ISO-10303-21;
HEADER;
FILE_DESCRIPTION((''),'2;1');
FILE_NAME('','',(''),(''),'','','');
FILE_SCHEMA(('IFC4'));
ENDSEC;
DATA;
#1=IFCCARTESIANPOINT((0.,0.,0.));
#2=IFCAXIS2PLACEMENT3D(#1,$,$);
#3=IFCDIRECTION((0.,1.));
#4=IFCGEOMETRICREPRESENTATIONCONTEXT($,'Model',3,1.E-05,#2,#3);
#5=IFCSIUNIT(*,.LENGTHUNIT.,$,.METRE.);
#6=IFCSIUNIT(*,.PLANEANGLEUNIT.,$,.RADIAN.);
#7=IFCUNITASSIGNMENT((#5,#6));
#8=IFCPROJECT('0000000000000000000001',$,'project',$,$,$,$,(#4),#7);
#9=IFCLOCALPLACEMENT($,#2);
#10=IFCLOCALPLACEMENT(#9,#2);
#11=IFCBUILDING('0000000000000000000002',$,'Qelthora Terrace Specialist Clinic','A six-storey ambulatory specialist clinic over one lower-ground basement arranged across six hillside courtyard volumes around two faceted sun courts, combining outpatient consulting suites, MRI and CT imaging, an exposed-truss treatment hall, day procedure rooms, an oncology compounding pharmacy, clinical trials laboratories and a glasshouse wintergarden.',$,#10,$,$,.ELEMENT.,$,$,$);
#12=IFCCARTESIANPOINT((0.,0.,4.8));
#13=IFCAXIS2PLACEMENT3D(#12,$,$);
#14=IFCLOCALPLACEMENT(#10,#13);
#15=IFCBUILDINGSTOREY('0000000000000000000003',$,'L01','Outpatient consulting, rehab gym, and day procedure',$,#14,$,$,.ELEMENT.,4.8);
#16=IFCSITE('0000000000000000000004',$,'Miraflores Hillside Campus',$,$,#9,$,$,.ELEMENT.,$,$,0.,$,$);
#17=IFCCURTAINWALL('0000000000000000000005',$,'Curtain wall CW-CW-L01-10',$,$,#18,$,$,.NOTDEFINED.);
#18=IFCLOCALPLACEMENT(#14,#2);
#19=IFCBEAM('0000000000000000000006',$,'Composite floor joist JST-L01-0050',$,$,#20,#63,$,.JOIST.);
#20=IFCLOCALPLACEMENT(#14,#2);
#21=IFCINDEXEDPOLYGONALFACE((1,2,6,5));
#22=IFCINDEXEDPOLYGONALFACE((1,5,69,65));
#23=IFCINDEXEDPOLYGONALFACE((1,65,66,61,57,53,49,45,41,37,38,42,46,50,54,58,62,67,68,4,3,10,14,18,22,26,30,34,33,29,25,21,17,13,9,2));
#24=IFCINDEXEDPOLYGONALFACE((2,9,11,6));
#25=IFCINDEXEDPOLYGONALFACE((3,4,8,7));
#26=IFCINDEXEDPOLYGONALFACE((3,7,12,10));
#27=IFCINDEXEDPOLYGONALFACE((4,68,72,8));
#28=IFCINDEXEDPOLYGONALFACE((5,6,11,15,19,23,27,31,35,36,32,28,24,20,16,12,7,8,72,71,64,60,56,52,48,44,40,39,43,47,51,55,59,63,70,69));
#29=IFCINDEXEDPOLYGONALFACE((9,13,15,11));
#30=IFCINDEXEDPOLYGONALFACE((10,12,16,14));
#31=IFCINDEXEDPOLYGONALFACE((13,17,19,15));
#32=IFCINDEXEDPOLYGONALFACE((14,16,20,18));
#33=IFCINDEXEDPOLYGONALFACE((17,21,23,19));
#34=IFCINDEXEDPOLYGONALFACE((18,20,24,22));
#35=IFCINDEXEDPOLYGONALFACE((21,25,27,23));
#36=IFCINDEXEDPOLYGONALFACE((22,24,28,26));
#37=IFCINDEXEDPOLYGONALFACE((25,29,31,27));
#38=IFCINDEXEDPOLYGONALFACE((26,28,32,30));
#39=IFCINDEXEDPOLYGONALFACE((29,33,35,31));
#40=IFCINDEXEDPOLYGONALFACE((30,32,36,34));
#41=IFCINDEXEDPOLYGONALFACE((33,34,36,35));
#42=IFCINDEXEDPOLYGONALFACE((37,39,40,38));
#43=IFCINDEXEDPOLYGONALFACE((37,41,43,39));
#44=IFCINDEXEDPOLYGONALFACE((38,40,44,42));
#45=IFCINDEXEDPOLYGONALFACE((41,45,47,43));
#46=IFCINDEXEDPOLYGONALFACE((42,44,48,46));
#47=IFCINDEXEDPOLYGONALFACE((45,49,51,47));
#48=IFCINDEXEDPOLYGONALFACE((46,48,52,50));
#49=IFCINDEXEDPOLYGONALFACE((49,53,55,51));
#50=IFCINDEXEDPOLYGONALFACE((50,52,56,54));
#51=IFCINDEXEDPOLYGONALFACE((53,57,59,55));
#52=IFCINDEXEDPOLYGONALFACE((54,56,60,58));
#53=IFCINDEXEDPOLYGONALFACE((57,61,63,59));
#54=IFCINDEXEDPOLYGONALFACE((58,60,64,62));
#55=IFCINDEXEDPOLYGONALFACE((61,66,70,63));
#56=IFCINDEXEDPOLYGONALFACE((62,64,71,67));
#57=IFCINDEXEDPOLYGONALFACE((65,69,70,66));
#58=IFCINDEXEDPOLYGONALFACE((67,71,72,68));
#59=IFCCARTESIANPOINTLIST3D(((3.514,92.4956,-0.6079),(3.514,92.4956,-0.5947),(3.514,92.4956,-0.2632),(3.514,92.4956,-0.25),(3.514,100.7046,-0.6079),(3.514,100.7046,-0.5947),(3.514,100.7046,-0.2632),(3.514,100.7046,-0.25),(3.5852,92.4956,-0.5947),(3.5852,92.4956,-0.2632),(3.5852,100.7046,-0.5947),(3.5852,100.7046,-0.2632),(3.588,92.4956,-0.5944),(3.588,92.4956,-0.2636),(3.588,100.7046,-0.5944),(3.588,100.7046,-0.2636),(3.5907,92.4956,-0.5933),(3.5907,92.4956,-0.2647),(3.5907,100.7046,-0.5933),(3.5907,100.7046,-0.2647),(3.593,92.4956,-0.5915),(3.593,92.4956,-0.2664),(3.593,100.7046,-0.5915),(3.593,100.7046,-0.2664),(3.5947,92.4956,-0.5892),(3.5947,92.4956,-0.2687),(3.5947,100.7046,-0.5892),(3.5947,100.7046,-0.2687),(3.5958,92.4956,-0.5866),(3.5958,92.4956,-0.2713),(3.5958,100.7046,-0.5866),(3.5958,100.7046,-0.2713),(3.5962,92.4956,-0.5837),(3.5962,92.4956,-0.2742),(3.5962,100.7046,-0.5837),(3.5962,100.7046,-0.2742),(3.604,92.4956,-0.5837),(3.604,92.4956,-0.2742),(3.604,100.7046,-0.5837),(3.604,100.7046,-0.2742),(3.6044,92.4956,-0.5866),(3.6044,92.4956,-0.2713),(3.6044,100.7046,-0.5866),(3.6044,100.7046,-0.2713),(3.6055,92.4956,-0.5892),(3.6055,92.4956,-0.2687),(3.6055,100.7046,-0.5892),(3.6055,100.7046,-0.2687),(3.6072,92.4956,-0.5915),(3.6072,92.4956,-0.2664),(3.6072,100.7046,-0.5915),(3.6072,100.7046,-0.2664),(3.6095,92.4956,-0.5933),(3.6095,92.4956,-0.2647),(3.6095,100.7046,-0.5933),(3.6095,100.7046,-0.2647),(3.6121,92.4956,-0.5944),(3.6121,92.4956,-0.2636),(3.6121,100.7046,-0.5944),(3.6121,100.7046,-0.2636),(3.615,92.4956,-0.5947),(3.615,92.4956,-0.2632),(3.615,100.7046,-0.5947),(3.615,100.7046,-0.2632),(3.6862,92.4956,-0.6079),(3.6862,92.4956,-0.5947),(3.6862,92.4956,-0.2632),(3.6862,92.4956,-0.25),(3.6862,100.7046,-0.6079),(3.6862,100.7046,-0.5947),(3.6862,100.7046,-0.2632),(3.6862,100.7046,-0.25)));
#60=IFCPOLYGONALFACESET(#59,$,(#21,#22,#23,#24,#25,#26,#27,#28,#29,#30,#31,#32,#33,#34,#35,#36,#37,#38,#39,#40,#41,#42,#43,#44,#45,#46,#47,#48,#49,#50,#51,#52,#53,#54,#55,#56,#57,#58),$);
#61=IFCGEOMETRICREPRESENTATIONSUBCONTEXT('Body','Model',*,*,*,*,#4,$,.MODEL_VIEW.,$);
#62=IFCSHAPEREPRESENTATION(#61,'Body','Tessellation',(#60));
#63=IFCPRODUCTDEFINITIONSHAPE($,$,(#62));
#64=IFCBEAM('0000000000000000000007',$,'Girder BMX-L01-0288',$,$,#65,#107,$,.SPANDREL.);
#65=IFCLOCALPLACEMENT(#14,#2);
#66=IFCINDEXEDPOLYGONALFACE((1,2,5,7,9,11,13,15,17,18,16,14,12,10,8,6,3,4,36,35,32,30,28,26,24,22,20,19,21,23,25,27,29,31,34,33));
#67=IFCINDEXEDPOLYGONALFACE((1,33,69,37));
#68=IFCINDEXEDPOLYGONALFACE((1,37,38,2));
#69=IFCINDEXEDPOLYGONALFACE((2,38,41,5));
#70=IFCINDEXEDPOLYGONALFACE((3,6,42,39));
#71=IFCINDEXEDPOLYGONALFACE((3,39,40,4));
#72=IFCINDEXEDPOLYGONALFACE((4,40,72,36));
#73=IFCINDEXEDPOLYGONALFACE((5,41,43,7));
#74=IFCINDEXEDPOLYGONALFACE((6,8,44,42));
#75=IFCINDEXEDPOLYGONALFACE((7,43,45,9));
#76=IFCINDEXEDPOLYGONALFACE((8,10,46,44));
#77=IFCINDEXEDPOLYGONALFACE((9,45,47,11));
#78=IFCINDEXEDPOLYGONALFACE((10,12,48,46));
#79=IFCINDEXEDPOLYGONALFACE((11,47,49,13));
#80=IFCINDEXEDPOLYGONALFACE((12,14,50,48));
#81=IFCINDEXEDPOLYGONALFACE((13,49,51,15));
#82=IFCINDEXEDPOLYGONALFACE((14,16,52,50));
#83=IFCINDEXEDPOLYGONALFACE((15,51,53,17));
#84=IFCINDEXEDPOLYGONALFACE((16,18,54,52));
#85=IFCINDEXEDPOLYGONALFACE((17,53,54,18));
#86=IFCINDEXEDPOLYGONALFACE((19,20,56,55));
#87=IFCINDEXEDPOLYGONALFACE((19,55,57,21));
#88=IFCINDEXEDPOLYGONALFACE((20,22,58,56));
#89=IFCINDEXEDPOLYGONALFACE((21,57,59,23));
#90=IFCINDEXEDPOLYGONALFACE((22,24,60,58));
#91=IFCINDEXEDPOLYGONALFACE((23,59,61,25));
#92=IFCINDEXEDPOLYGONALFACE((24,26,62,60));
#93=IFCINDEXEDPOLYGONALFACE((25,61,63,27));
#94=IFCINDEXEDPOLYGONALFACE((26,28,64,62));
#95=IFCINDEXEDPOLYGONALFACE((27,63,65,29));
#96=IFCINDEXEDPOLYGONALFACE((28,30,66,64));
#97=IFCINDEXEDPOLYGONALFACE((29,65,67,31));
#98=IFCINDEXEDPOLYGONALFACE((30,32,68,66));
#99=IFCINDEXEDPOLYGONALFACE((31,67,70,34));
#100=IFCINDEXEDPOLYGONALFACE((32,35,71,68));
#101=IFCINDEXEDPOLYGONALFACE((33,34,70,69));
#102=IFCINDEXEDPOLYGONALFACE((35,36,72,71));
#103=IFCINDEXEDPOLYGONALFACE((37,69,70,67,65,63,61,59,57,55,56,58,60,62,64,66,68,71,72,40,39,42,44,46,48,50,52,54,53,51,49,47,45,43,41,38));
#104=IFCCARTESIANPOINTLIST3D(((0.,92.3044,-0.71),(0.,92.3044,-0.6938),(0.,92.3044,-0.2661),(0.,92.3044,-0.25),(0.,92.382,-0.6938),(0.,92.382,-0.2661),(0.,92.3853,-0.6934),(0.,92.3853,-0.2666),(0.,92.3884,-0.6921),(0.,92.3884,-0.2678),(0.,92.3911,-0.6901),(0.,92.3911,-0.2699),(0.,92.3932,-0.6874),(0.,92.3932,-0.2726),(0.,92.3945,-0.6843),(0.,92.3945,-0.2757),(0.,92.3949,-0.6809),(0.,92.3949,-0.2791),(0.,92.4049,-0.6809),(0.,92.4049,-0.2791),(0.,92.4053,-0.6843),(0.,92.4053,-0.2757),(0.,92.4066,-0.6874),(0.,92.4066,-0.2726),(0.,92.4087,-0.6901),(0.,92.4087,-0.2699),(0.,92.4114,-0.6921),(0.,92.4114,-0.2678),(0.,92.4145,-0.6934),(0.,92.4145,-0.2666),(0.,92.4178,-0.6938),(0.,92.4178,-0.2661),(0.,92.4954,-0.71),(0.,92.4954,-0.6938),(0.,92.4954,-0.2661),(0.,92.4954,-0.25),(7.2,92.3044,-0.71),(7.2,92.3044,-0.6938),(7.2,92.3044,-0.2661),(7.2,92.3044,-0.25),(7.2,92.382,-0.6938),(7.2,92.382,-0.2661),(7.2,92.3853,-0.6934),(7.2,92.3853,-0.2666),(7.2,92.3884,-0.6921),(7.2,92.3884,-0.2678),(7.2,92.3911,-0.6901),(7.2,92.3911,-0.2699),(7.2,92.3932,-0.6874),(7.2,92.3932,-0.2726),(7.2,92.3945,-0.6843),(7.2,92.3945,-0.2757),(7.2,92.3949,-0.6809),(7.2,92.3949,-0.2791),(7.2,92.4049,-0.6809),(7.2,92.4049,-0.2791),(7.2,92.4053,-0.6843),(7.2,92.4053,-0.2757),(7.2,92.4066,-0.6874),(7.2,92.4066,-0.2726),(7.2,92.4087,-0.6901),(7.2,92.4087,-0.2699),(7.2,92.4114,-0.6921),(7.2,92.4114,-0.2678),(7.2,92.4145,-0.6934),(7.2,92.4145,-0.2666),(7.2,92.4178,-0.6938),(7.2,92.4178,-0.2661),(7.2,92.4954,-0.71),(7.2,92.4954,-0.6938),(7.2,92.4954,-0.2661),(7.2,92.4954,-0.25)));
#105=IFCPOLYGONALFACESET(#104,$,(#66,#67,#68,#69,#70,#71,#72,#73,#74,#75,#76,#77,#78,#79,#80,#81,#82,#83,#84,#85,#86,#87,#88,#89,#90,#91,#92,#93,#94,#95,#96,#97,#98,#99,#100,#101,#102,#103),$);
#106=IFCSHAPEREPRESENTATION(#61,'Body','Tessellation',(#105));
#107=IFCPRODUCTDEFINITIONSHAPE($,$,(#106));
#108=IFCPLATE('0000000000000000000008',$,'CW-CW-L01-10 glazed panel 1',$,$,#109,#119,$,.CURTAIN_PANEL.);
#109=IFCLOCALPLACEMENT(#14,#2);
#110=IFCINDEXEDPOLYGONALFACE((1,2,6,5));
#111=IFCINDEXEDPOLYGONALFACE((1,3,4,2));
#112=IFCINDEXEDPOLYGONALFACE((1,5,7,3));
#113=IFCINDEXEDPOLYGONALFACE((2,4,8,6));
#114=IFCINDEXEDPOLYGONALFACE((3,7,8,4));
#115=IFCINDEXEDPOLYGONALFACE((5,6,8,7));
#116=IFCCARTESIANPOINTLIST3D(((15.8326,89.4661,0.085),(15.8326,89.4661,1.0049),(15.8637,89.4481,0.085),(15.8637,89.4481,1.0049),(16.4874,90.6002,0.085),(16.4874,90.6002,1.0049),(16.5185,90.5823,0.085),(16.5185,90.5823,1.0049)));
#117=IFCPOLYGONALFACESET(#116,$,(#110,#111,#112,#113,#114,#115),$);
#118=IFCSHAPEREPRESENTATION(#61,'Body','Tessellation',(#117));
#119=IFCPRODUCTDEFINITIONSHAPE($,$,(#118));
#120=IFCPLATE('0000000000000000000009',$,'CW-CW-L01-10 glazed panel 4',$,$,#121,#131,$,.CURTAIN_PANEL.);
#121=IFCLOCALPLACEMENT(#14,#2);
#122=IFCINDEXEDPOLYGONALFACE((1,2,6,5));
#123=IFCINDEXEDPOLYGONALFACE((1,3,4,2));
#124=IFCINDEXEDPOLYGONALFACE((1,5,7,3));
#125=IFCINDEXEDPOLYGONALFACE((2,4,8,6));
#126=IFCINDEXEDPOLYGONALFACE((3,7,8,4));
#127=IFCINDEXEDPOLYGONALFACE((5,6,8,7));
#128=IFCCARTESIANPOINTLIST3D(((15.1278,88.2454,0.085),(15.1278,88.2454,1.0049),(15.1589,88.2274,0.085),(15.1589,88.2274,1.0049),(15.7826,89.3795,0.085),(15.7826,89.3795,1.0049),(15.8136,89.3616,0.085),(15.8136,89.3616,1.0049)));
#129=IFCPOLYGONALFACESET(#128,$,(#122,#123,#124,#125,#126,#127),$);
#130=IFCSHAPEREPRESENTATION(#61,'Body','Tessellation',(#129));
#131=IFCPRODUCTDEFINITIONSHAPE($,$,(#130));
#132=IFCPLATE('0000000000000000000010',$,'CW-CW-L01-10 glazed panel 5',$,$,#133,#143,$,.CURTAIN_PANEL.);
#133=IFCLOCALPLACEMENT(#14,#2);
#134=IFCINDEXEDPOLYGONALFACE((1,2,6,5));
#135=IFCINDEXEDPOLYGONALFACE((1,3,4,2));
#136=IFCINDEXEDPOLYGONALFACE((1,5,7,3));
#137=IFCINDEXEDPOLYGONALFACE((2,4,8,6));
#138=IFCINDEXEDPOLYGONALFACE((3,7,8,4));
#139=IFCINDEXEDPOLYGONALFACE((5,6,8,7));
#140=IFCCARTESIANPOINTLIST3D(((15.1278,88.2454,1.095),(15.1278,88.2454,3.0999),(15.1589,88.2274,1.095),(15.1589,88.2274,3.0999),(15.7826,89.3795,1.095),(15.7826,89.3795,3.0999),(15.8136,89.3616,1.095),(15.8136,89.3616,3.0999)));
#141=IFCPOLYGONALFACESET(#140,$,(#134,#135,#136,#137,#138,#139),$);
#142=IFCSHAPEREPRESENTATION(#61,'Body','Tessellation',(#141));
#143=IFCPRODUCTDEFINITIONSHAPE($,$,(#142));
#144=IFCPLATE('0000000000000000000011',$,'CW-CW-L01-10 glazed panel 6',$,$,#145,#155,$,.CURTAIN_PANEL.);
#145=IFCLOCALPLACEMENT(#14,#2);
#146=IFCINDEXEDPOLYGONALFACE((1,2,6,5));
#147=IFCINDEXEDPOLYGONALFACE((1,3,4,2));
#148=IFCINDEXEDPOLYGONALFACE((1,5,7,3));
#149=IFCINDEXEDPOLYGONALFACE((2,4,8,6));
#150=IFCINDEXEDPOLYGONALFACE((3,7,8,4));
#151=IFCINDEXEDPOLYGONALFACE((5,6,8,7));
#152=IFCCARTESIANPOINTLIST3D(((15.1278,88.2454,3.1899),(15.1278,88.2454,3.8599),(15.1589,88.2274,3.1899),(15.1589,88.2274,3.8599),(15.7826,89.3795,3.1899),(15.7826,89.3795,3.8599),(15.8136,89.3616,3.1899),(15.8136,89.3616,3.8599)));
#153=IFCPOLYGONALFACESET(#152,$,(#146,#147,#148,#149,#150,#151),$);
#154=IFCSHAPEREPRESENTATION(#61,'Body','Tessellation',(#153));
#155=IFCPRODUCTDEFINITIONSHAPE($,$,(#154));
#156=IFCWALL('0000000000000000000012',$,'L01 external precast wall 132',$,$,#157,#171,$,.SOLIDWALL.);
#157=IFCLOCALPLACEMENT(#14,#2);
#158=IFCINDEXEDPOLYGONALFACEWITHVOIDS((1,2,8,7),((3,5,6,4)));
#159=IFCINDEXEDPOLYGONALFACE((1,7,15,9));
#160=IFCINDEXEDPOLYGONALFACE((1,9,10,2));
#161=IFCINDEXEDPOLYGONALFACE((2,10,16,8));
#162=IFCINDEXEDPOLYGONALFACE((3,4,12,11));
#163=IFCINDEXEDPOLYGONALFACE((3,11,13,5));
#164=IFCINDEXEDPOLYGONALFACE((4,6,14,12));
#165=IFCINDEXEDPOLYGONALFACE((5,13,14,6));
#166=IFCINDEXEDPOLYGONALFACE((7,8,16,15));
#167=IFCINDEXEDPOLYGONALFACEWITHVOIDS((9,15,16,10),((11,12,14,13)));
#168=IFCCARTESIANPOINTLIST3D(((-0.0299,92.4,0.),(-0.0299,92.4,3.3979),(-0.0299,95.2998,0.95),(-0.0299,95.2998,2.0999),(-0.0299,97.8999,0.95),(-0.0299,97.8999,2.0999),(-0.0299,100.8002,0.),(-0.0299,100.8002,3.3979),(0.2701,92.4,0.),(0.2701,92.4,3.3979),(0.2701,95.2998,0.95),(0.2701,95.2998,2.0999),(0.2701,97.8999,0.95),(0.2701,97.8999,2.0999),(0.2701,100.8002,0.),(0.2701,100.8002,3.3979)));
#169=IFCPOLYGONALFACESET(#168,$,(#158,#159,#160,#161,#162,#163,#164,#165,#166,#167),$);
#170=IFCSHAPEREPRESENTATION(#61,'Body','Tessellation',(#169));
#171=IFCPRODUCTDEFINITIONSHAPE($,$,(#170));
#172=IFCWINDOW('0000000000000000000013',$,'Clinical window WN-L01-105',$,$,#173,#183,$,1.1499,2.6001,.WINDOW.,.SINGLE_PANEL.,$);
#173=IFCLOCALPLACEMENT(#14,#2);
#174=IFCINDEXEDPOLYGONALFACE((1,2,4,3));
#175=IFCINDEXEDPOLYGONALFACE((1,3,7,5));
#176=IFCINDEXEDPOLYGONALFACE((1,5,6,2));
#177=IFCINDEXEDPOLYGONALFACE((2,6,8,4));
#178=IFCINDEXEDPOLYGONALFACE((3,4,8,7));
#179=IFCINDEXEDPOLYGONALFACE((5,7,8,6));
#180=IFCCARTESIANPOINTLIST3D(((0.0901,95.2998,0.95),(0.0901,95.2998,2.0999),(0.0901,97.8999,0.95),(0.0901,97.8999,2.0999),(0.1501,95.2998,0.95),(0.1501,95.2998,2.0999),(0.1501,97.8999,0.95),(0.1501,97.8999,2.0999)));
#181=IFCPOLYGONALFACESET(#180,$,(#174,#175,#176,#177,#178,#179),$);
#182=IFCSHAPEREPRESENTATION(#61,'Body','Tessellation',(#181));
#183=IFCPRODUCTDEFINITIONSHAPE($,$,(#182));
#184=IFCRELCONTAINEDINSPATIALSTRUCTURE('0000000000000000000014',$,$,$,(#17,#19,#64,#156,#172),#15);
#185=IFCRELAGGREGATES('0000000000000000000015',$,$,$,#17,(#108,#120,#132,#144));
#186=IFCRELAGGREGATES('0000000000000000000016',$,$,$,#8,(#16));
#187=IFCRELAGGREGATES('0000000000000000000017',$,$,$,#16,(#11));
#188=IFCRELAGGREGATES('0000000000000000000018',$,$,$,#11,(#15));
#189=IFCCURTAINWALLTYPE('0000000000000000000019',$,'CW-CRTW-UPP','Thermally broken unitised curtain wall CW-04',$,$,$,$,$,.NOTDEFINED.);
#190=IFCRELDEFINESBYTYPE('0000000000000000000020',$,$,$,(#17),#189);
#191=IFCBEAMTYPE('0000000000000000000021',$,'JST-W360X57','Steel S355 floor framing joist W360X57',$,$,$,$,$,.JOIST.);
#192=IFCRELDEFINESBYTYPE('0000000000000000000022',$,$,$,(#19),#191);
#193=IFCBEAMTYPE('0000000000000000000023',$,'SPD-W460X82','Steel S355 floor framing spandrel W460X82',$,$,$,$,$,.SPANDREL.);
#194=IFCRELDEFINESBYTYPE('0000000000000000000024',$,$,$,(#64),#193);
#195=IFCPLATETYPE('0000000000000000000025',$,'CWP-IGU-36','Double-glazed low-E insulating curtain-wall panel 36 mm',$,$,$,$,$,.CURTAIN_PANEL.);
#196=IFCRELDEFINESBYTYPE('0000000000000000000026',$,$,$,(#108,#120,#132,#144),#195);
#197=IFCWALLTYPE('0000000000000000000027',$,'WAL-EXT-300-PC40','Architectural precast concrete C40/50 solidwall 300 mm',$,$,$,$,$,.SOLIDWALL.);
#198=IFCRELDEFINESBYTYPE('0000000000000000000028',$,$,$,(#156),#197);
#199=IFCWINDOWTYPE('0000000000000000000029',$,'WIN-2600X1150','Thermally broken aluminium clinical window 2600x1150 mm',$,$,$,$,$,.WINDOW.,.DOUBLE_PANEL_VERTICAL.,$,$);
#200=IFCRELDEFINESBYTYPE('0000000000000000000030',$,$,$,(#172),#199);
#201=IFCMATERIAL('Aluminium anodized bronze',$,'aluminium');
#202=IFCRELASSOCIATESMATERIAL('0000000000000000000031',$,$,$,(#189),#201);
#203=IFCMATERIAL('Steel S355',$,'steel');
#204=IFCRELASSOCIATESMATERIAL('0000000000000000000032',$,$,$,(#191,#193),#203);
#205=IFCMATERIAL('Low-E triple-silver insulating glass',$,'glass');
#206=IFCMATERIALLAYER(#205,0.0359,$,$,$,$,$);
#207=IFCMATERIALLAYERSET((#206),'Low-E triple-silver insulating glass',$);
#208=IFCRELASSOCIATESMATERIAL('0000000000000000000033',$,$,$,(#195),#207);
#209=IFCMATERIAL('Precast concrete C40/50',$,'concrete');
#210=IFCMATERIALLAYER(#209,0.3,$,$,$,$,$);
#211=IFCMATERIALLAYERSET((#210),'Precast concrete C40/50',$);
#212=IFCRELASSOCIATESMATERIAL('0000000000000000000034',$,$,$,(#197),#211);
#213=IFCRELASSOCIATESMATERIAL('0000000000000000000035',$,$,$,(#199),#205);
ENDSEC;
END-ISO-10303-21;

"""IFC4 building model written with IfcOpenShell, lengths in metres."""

from ifc_helpers import new_model, si_unit, direction, frame, frame_2d, origin, origin_2d, place, context, subcontext, project, spatial, rectangle, i_section, extrude, material, layer, layer_set, material_profile, profile_set, type_object, element, fill, aggregate, save


model = new_model("IFC4")

# Units and contexts
model_context = context("Model", 3, precision=1e-05, world=origin(), true_north=direction((0.0, 1.0)))
body_context = subcontext(model_context, "Body", "Model", "MODEL_VIEW")
ifc_project = project(units=[si_unit("LENGTHUNIT", "METRE"), si_unit("PLANEANGLEUNIT", "RADIAN")], contexts=[model_context])

# Site, building, storey
site_placement = place(None, origin())
site = spatial("IfcSite", under=ifc_project, at=site_placement, Name="Miraflores Hillside Campus", CompositionType="ELEMENT", RefElevation=0.0)
building_placement = place(site_placement, origin())
building = spatial("IfcBuilding", under=site, at=building_placement, Name="Qelthora Terrace Specialist Clinic", Description="A six-storey ambulatory specialist clinic over one lower-ground basement arranged across six hillside courtyard volumes around two faceted sun courts, combining outpatient consulting suites, MRI and CT imaging, an exposed-truss treatment hall, day procedure rooms, an oncology compounding pharmacy, clinical trials laboratories and a glasshouse wintergarden.", CompositionType="ELEMENT")
storey_placement = place(building_placement, frame((0.0, 0.0, 4.8)))
storey = spatial("IfcBuildingStorey", under=building, at=storey_placement, Name="L01", Description="Outpatient consulting, rehab gym, and day procedure", CompositionType="ELEMENT", Elevation=4.8)

# Shared definitions
ifc_material_1 = material(Name="Steel S355", Category="steel")

# Curtain wall
ifc_material_2 = material(Name="Aluminium anodized bronze", Category="aluminium")
curtain_wall_type = type_object("IfcCurtainWallType", Name="CW-CRTW-UPP", Description="Thermally broken unitised curtain wall CW-04", PredefinedType="NOTDEFINED", material=ifc_material_2)
curtain_wall_1_placement = place(storey_placement, origin())
curtain_wall_1 = element("IfcCurtainWall", 1, at=curtain_wall_1_placement, inside=storey, type_object=curtain_wall_type, Name="Curtain wall CW-CW-L01-10", PredefinedType="NOTDEFINED")

# Beams
ifc_material_profile_1 = material_profile(ifc_material_1, i_section(OverallWidth=0.1721, OverallDepth=0.3579, WebThickness=0.0078, FlangeThickness=0.0132, FilletRadius=0.011, at=origin_2d()), Name="W360X57")
ifc_profile_set_1 = profile_set([ifc_material_profile_1], Name="Steel S355")
beam_type_1 = type_object("IfcBeamType", Name="JST-W360X57", Description="Steel S355 floor framing joist W360X57", PredefinedType="JOIST", material=ifc_profile_set_1)
beam_1_placement = place(storey_placement, frame((3.6001, 92.4956, -0.429), z_axis=(0.0, 1.0, 0.0), x_axis=(-1.0, 0.0, 0.0)))
element("IfcBeam", 2, at=beam_1_placement, inside=storey, type_object=beam_type_1, Name="Composite floor joist JST-L01-0050", PredefinedType="JOIST", context=body_context, shape_type="SweptSolid", body=[
    extrude(i_section(OverallWidth=0.1721, OverallDepth=0.3579, WebThickness=0.0078, FlangeThickness=0.0132, FilletRadius=0.011, at=origin_2d()), origin(), (0.0, 0.0, 1.0), 8.209),
])
ifc_material_profile_2 = material_profile(ifc_material_1, i_section(OverallWidth=0.1909, OverallDepth=0.46, WebThickness=0.01, FlangeThickness=0.0161, FilletRadius=0.0129, at=origin_2d()), Name="W460X82")
ifc_profile_set_2 = profile_set([ifc_material_profile_2], Name="Steel S355")
beam_type_2 = type_object("IfcBeamType", Name="SPD-W460X82", Description="Steel S355 floor framing spandrel W460X82", PredefinedType="SPANDREL", material=ifc_profile_set_2)
beam_2_placement = place(storey_placement, frame((0.0, 92.3999, -0.48), z_axis=(1.0, 0.0, 0.0), x_axis=(0.0, 1.0, 0.0)))
element("IfcBeam", 3, at=beam_2_placement, inside=storey, type_object=beam_type_2, Name="Girder BMX-L01-0288", PredefinedType="SPANDREL", context=body_context, shape_type="SweptSolid", body=[
    extrude(i_section(OverallWidth=0.1909, OverallDepth=0.46, WebThickness=0.01, FlangeThickness=0.0161, FilletRadius=0.0129, at=origin_2d()), origin(), (0.0, 0.0, 1.0), 7.2),
])

# Plates
ifc_material_3 = material(Name="Low-E triple-silver insulating glass", Category="glass")
ifc_layer_1 = layer(ifc_material_3, 0.0359)
ifc_layer_set_1 = layer_set([ifc_layer_1], Name="Low-E triple-silver insulating glass")
plate_type = type_object("IfcPlateType", Name="CWP-IGU-36", Description="Double-glazed low-E insulating curtain-wall panel 36 mm", PredefinedType="CURTAIN_PANEL", material=ifc_layer_set_1)
plate_1_placement = place(storey_placement, frame((16.1755, 90.0242, 0.085), z_axis=(0.0, 0.0, 1.0), x_axis=(-0.5, -0.866025, 0.0)))
plate_1 = element("IfcPlate", 4, at=plate_1_placement, type_object=plate_type, Name="CW-CW-L01-10 glazed panel 1", PredefinedType="CURTAIN_PANEL", context=body_context, shape_type="SweptSolid", body=[
    extrude(rectangle(XDim=1.3096, YDim=0.0359, at=origin_2d()), origin(), (0.0, 0.0, 1.0), 0.9199),
])
plate_2_placement = place(storey_placement, frame((15.4707, 88.8035, 0.085), z_axis=(0.0, 0.0, 1.0), x_axis=(-0.5, -0.866025, 0.0)))
plate_2 = element("IfcPlate", 5, at=plate_2_placement, type_object=plate_type, Name="CW-CW-L01-10 glazed panel 4", PredefinedType="CURTAIN_PANEL", context=body_context, shape_type="SweptSolid", body=[
    extrude(rectangle(XDim=1.3096, YDim=0.0359, at=origin_2d()), origin(), (0.0, 0.0, 1.0), 0.9199),
])
plate_3_placement = place(storey_placement, frame((15.4707, 88.8035, 1.095), z_axis=(0.0, 0.0, 1.0), x_axis=(-0.5, -0.866025, 0.0)))
plate_3 = element("IfcPlate", 6, at=plate_3_placement, type_object=plate_type, Name="CW-CW-L01-10 glazed panel 5", PredefinedType="CURTAIN_PANEL", context=body_context, shape_type="SweptSolid", body=[
    extrude(rectangle(XDim=1.3096, YDim=0.0359, at=origin_2d()), origin(), (0.0, 0.0, 1.0), 2.0049),
])
plate_4_placement = place(storey_placement, frame((15.4707, 88.8035, 3.1899), z_axis=(0.0, 0.0, 1.0), x_axis=(-0.5, -0.866025, 0.0)))
plate_4 = element("IfcPlate", 7, at=plate_4_placement, type_object=plate_type, Name="CW-CW-L01-10 glazed panel 6", PredefinedType="CURTAIN_PANEL", context=body_context, shape_type="SweptSolid", body=[
    extrude(rectangle(XDim=1.3096, YDim=0.0359, at=origin_2d()), origin(), (0.0, 0.0, 1.0), 0.6699),
])
aggregate(curtain_wall_1, [plate_1, plate_2, plate_3, plate_4])

# Wall, opening, window
ifc_material_4 = material(Name="Precast concrete C40/50", Category="concrete")
ifc_layer_2 = layer(ifc_material_4, 0.3)
ifc_layer_set_2 = layer_set([ifc_layer_2], Name="Precast concrete C40/50")
wall_type = type_object("IfcWallType", Name="WAL-EXT-300-PC40", Description="Architectural precast concrete C40/50 solidwall 300 mm", PredefinedType="SOLIDWALL", material=ifc_layer_set_2)
wall_placement = place(storey_placement, frame((0.1201, 92.3999, 0.0), z_axis=(0.0, 0.0, 1.0), x_axis=(0.0, 1.0, 0.0)))
wall = element("IfcWall", 8, at=wall_placement, inside=storey, type_object=wall_type, Name="L01 external precast wall 132", PredefinedType="SOLIDWALL", context=body_context, shape_type="SweptSolid", body=[
    extrude(rectangle(XDim=8.4001, YDim=0.3, at=frame_2d((4.2002, 0.0))), origin(), (0.0, 0.0, 1.0), 3.3979),
])
opening_placement = place(wall_placement, frame((2.8999, 0.0, 0.95)))
opening = element("IfcOpeningElement", 9, at=opening_placement, cuts=wall, PredefinedType="OPENING", context=body_context, shape_type="SweptSolid", body=[
    extrude(rectangle(XDim=2.6001, YDim=1.1499, at=frame_2d((1.3, 0.575))), frame((0.0, 0.1599, 0.0), z_axis=(0.0, -1.0, 0.0), x_axis=(1.0, 0.0, 0.0)), (0.0, 0.0, 1.0), 0.3201),
])
window_type = type_object("IfcWindowType", Name="WIN-2600X1150", Description="Thermally broken aluminium clinical window 2600x1150 mm", PartitioningType="DOUBLE_PANEL_VERTICAL", PredefinedType="WINDOW", material=ifc_material_3)
window_placement = place(opening_placement, origin())
window = element("IfcWindow", 10, at=window_placement, inside=storey, type_object=window_type, Name="Clinical window WN-L01-105", OverallHeight=1.1499, OverallWidth=2.6001, PartitioningType="SINGLE_PANEL", PredefinedType="WINDOW", context=body_context, shape_type="SweptSolid", body=[
    extrude(rectangle(XDim=2.6001, YDim=1.1499, at=frame_2d((1.3, 0.575))), frame((0.0, 0.03, 0.0), z_axis=(0.0, -1.0, 0.0), x_axis=(1.0, 0.0, 0.0)), (0.0, 0.0, 1.0), 0.0601),
])
fill(opening, window)

save(model, "model.ifc")
